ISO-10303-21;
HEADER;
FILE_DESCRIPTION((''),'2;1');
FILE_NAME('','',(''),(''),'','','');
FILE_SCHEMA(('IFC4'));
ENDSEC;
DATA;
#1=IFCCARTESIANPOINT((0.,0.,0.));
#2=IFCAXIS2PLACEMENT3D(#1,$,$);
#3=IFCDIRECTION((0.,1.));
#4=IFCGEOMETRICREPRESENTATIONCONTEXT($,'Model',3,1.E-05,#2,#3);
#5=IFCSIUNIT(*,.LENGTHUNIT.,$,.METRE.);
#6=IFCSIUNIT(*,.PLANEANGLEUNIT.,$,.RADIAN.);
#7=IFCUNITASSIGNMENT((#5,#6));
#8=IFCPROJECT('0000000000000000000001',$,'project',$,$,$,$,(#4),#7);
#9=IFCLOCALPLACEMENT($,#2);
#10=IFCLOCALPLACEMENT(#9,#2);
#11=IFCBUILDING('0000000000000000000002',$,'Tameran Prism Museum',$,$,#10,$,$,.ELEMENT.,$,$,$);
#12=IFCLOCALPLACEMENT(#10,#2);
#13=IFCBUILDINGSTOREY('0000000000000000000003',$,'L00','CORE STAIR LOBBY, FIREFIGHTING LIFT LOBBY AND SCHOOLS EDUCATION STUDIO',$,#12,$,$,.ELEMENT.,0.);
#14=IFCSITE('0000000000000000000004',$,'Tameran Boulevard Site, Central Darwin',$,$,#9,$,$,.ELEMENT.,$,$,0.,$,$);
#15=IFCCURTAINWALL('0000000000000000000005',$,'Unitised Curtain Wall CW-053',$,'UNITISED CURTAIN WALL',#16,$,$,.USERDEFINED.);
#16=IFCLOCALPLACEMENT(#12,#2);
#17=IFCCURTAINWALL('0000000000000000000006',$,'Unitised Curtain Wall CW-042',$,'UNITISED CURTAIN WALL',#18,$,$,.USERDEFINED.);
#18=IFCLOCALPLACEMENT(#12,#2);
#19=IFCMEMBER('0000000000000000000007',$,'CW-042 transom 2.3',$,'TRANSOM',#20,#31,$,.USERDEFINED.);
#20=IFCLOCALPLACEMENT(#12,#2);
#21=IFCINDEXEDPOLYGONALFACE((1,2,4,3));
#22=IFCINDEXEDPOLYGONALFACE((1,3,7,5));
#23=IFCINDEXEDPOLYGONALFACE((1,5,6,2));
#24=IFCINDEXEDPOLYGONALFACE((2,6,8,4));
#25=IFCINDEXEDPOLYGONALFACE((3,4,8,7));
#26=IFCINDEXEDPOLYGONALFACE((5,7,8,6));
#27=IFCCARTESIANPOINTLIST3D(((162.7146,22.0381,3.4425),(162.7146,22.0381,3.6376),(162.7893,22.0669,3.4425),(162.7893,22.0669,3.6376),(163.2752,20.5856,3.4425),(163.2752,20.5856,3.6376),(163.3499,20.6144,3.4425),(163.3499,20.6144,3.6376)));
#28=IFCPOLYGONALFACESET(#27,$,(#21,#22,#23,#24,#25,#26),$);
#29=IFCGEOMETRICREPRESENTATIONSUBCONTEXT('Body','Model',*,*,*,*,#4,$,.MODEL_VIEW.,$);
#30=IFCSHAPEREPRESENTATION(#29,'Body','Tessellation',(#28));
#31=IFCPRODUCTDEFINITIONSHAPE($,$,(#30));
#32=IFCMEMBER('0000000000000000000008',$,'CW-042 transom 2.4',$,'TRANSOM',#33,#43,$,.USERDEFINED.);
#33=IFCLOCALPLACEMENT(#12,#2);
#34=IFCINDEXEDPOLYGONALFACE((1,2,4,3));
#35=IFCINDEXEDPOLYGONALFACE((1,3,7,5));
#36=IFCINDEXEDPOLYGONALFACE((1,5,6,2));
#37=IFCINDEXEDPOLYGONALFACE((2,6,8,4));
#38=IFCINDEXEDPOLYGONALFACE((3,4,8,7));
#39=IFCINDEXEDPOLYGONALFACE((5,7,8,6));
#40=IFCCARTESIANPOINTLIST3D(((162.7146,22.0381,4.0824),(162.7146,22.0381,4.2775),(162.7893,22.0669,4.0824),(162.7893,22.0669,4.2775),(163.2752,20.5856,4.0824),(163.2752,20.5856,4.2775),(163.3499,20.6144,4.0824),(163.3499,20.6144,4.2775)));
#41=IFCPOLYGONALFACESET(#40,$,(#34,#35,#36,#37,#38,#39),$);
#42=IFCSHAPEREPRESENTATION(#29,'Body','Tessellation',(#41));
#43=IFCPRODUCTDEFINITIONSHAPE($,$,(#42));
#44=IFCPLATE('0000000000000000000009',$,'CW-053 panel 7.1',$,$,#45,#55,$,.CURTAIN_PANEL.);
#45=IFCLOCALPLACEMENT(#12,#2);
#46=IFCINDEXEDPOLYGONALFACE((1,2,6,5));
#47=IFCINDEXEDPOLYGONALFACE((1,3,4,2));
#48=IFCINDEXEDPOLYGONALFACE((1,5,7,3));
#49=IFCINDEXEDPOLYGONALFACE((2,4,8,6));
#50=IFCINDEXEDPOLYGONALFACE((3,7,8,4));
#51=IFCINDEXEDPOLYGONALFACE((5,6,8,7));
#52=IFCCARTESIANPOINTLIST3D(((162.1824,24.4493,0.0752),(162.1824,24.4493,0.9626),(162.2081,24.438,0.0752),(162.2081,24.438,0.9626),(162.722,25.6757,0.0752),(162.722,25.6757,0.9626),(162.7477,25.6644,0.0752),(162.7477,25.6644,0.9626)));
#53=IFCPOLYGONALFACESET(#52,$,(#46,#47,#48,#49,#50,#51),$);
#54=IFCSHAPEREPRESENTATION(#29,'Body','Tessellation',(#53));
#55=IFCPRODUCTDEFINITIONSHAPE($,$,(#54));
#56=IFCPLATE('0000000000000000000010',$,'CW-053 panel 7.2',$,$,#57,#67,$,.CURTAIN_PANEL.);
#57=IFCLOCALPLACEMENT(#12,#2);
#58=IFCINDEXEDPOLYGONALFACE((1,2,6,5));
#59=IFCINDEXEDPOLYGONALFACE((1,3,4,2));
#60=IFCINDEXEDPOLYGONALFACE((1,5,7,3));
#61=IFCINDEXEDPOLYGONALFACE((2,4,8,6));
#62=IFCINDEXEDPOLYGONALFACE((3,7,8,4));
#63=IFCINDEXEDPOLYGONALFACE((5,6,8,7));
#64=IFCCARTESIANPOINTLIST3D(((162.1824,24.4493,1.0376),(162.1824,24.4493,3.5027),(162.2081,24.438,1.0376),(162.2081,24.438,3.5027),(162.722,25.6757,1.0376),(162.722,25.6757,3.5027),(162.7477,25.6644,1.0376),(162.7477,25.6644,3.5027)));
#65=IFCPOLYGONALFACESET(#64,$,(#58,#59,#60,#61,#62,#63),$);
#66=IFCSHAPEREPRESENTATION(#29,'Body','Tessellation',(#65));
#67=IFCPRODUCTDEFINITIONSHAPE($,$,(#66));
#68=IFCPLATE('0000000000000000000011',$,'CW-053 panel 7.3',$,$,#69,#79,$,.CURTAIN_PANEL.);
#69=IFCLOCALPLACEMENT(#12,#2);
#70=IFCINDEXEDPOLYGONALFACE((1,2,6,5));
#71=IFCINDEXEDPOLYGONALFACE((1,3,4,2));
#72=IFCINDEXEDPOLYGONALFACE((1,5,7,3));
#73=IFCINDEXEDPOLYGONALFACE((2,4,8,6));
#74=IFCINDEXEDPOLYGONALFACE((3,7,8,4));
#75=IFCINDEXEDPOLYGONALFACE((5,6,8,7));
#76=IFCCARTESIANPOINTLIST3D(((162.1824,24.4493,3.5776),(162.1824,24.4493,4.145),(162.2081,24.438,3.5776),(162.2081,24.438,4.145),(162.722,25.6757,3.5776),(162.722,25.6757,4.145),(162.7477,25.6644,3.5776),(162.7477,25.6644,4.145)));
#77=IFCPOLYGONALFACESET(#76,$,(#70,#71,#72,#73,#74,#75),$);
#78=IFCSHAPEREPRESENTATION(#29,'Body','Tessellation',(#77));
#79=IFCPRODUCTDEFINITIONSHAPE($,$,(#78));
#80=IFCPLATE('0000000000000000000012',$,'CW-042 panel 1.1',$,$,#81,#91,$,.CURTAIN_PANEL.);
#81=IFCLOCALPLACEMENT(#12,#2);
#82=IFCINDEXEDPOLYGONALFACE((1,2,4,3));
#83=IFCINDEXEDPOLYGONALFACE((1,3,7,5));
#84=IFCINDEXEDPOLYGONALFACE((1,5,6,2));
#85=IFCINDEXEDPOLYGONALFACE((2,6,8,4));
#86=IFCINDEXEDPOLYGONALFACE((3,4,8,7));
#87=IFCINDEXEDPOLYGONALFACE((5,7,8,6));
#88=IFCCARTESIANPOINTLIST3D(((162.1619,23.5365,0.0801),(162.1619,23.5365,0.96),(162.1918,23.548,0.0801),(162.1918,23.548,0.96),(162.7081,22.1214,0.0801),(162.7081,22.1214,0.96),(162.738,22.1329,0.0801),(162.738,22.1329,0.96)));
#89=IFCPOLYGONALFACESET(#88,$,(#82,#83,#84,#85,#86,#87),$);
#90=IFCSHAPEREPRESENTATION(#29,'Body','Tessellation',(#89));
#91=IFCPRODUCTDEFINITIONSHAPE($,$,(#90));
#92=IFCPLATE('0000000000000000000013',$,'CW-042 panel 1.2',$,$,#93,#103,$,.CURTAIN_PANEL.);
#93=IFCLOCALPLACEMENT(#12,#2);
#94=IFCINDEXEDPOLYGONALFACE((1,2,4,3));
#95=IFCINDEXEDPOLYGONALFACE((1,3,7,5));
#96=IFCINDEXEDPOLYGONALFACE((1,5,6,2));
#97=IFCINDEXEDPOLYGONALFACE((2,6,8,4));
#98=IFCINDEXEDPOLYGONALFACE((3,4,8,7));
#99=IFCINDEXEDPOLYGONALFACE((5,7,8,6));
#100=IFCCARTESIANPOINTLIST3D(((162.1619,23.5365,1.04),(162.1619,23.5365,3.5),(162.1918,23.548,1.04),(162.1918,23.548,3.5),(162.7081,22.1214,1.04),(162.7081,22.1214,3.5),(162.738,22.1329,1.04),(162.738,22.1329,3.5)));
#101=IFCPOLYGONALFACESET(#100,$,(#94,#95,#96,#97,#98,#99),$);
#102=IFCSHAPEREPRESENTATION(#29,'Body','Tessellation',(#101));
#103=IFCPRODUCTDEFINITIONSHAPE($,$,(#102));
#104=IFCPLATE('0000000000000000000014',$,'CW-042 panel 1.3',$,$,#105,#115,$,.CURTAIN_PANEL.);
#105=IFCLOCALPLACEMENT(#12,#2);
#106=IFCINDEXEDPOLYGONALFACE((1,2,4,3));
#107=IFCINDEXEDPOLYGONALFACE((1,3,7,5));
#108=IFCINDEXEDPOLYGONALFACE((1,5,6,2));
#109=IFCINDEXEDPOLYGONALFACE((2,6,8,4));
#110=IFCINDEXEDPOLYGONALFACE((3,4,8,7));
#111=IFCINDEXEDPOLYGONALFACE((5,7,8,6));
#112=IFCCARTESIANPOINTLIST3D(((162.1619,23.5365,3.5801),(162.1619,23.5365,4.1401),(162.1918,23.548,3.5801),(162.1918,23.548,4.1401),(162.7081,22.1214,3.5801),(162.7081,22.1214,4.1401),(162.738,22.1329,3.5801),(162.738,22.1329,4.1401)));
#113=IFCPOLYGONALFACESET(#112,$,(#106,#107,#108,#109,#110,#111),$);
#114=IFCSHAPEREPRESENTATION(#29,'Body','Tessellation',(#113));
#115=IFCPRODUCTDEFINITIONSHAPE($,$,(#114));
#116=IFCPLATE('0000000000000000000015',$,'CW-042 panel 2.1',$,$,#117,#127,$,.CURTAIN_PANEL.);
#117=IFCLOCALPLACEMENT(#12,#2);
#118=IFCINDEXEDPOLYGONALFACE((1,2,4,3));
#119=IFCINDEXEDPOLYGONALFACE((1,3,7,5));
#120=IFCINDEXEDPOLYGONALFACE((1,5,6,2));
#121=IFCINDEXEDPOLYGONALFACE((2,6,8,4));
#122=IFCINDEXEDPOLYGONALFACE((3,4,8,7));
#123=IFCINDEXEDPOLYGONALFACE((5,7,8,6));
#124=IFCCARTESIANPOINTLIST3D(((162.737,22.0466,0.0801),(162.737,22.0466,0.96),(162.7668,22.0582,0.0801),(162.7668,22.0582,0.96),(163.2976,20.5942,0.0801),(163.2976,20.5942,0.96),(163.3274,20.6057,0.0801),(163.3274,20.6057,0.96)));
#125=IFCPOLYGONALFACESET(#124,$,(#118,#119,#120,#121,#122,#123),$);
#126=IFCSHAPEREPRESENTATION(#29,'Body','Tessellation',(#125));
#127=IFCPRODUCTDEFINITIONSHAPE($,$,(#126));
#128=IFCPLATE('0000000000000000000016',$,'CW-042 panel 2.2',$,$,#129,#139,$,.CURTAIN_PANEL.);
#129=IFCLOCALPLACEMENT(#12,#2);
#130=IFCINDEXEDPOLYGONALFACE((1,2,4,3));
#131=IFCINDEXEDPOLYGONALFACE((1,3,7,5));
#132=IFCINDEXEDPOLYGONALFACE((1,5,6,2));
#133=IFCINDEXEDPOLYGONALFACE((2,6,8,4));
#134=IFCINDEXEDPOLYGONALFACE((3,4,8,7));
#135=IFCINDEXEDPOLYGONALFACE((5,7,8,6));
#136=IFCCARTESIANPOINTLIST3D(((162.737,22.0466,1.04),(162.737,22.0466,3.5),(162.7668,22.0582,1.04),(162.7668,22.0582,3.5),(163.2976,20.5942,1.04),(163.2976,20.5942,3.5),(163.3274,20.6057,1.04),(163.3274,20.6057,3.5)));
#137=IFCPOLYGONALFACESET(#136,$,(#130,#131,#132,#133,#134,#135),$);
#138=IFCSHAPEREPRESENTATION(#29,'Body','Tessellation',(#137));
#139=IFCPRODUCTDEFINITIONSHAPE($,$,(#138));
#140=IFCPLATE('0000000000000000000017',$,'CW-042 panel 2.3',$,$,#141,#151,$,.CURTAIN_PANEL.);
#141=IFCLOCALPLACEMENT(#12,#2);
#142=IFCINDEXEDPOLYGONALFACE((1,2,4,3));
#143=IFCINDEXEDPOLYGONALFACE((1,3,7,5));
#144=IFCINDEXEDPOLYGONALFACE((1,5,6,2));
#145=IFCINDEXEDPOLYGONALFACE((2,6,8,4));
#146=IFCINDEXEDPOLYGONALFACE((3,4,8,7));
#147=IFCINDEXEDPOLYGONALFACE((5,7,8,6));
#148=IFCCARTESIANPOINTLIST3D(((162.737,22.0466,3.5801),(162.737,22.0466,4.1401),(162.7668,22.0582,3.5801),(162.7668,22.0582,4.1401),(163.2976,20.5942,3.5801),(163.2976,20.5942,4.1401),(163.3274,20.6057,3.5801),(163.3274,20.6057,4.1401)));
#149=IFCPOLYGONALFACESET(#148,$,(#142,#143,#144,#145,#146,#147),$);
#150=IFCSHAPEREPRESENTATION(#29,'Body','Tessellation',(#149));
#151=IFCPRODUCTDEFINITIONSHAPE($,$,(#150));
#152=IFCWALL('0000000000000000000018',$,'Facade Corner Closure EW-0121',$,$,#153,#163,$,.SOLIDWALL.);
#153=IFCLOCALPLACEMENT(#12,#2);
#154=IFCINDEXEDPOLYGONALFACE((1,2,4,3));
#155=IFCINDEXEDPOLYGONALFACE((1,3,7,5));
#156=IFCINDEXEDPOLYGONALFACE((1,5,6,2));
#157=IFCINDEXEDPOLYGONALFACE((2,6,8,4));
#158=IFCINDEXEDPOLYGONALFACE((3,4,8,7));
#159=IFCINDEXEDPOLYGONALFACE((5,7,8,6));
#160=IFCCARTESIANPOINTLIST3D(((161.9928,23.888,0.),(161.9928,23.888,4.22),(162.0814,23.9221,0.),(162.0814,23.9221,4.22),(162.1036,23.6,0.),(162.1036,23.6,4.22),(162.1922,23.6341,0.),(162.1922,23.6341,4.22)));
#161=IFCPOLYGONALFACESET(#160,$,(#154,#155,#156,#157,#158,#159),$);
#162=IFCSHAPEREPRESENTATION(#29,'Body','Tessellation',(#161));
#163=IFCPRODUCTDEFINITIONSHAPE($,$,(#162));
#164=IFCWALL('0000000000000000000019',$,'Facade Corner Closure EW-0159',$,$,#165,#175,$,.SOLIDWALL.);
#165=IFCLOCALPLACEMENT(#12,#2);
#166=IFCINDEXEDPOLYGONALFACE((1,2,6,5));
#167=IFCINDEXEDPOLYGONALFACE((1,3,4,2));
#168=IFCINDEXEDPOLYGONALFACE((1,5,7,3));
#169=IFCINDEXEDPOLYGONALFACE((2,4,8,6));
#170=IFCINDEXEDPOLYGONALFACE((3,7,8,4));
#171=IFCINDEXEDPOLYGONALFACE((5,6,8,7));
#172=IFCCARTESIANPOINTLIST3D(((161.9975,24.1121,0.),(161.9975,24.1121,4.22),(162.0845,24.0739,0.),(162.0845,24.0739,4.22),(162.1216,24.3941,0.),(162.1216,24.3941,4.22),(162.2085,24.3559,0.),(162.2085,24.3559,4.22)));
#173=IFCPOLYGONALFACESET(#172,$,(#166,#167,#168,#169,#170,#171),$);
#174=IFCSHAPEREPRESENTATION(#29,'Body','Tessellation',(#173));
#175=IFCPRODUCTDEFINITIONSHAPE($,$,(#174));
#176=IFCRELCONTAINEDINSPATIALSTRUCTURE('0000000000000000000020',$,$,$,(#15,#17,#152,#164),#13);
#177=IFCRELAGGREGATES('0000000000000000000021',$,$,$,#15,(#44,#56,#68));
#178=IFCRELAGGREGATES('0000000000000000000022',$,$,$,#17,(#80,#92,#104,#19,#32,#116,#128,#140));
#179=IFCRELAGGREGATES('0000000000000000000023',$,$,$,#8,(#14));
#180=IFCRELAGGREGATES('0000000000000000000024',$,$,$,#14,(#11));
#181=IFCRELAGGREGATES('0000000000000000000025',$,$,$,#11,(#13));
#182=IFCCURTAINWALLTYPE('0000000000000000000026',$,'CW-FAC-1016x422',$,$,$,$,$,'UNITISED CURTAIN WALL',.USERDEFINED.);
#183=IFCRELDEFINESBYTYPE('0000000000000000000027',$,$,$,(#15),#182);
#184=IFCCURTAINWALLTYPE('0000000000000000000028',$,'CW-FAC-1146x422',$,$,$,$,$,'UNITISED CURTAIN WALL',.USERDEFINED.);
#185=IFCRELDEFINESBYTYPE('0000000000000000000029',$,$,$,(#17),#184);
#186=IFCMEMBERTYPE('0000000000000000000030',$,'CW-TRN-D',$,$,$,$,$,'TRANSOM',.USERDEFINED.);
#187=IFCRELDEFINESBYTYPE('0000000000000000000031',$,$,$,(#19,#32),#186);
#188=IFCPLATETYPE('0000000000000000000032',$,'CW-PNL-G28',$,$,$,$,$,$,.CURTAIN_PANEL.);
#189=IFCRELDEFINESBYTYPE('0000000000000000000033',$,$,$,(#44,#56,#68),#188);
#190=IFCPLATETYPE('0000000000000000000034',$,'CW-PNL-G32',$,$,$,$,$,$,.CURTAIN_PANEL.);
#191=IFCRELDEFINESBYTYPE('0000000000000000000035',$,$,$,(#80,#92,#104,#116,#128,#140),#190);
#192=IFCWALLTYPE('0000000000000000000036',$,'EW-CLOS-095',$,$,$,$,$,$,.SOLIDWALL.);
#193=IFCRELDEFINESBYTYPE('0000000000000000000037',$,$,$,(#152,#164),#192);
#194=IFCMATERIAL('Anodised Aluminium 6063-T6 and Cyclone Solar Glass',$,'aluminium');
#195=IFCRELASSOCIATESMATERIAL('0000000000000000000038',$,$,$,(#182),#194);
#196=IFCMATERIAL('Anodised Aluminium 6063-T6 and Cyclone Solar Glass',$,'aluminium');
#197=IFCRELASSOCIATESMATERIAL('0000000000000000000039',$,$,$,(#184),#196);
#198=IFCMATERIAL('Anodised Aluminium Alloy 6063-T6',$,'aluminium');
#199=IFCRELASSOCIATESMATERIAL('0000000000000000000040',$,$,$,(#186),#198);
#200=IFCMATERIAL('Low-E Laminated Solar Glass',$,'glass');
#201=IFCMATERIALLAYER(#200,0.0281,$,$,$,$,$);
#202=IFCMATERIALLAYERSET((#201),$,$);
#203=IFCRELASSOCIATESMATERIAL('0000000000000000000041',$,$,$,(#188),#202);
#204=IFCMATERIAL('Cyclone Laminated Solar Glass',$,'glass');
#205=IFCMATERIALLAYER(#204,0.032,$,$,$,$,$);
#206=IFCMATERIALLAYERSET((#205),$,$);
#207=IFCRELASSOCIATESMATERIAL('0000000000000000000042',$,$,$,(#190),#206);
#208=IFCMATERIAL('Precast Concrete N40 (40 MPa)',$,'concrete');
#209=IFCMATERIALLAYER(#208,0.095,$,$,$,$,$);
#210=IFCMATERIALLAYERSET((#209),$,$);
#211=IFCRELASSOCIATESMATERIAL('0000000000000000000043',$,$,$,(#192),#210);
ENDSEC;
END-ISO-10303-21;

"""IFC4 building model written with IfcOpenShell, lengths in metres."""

from ifc_helpers import new_model, si_unit, direction, frame, frame_2d, origin, origin_2d, place, context, subcontext, project, spatial, rectangle, extrude, material, layer, layer_set, material_profile, profile_set, type_object, element, aggregate, save


model = new_model("IFC4")

# Units and contexts
model_context = context("Model", 3, precision=1e-05, world=origin(), true_north=direction((0.0, 1.0)))
body_context = subcontext(model_context, "Body", "Model", "MODEL_VIEW")
ifc_project = project(units=[si_unit("LENGTHUNIT", "METRE"), si_unit("PLANEANGLEUNIT", "RADIAN")], contexts=[model_context])

# Site, building, storey
site_placement = place(None, origin())
site = spatial("IfcSite", under=ifc_project, at=site_placement, Name="Tameran Boulevard Site, Central Darwin", CompositionType="ELEMENT", RefElevation=0.0)
building_placement = place(site_placement, origin())
building = spatial("IfcBuilding", under=site, at=building_placement, Name="Tameran Prism Museum", CompositionType="ELEMENT")
storey_placement = place(building_placement, origin())
storey = spatial("IfcBuildingStorey", under=building, at=storey_placement, Name="L00", Description="CORE STAIR LOBBY, FIREFIGHTING LIFT LOBBY AND SCHOOLS EDUCATION STUDIO", CompositionType="ELEMENT", Elevation=0.0)

# Curtain walls
ifc_material_1 = material(Name="Anodised Aluminium 6063-T6 and Cyclone Solar Glass", Category="aluminium")
curtain_wall_type_1 = type_object("IfcCurtainWallType", Name="CW-FAC-1016x422", ElementType="UNITISED CURTAIN WALL", PredefinedType="USERDEFINED", material=ifc_material_1)
curtain_wall_1_placement = place(storey_placement, origin())
curtain_wall_1 = element("IfcCurtainWall", 1, at=curtain_wall_1_placement, inside=storey, type_object=curtain_wall_type_1, Name="Unitised Curtain Wall CW-053", ObjectType="UNITISED CURTAIN WALL", PredefinedType="USERDEFINED")
ifc_material_2 = material(Name="Anodised Aluminium 6063-T6 and Cyclone Solar Glass", Category="aluminium")
curtain_wall_type_2 = type_object("IfcCurtainWallType", Name="CW-FAC-1146x422", ElementType="UNITISED CURTAIN WALL", PredefinedType="USERDEFINED", material=ifc_material_2)
curtain_wall_2_placement = place(storey_placement, origin())
curtain_wall_2 = element("IfcCurtainWall", 2, at=curtain_wall_2_placement, inside=storey, type_object=curtain_wall_type_2, Name="Unitised Curtain Wall CW-042", ObjectType="UNITISED CURTAIN WALL", PredefinedType="USERDEFINED")

# Members
ifc_material_3 = material(Name="Anodised Aluminium Alloy 6063-T6", Category="aluminium")
ifc_material_profile_1 = material_profile(ifc_material_3, rectangle(XDim=0.0801, YDim=0.1951, at=origin_2d()))
ifc_profile_set_1 = profile_set([ifc_material_profile_1])
member_type_1 = type_object("IfcMemberType", Name="CW-TRN-D", ElementType="TRANSOM", PredefinedType="USERDEFINED", material=ifc_profile_set_1)
member_1_placement = place(storey_placement, frame((162.752, 22.0525, 3.54), z_axis=(0.360061, -0.932929, 0.0), x_axis=(0.932929, 0.360061, 0.0)))
member_1 = element("IfcMember", 3, at=member_1_placement, type_object=member_type_1, Name="CW-042 transom 2.3", ObjectType="TRANSOM", PredefinedType="USERDEFINED", context=body_context, shape_type="SweptSolid", body=[
    extrude(rectangle(XDim=0.0801, YDim=0.1951, at=origin_2d()), origin(), (0.0, 0.0, 1.0), 1.5569),
])
member_2_placement = place(storey_placement, frame((162.752, 22.0525, 4.1799), z_axis=(0.360061, -0.932929, 0.0), x_axis=(0.932929, 0.360061, 0.0)))
member_2 = element("IfcMember", 4, at=member_2_placement, type_object=member_type_1, Name="CW-042 transom 2.4", ObjectType="TRANSOM", PredefinedType="USERDEFINED", context=body_context, shape_type="SweptSolid", body=[
    extrude(rectangle(XDim=0.0801, YDim=0.1951, at=origin_2d()), origin(), (0.0, 0.0, 1.0), 1.5569),
])

# Plates
ifc_material_4 = material(Name="Low-E Laminated Solar Glass", Category="glass")
ifc_layer_1 = layer(ifc_material_4, 0.0281)
ifc_layer_set_1 = layer_set([ifc_layer_1])
plate_type_1 = type_object("IfcPlateType", Name="CW-PNL-G28", PredefinedType="CURTAIN_PANEL", material=ifc_layer_set_1)
plate_1_placement = place(storey_placement, frame((162.4651, 25.0569, 0.0752), z_axis=(0.0, 0.0, 1.0), x_axis=(-0.402722, -0.915322, 0.0)))
plate_1 = element("IfcPlate", 5, at=plate_1_placement, type_object=plate_type_1, Name="CW-053 panel 7.1", PredefinedType="CURTAIN_PANEL", context=body_context, shape_type="SweptSolid", body=[
    extrude(rectangle(XDim=1.3398, YDim=0.0281, at=origin_2d()), origin(), (0.0, 0.0, 1.0), 0.8875),
])
plate_2_placement = place(storey_placement, frame((162.4651, 25.0569, 1.0376), z_axis=(0.0, 0.0, 1.0), x_axis=(-0.402722, -0.915322, 0.0)))
plate_2 = element("IfcPlate", 6, at=plate_2_placement, type_object=plate_type_1, Name="CW-053 panel 7.2", PredefinedType="CURTAIN_PANEL", context=body_context, shape_type="SweptSolid", body=[
    extrude(rectangle(XDim=1.3398, YDim=0.0281, at=origin_2d()), origin(), (0.0, 0.0, 1.0), 2.4651),
])
plate_3_placement = place(storey_placement, frame((162.4651, 25.0569, 3.5776), z_axis=(0.0, 0.0, 1.0), x_axis=(-0.402722, -0.915322, 0.0)))
plate_3 = element("IfcPlate", 7, at=plate_3_placement, type_object=plate_type_1, Name="CW-053 panel 7.3", PredefinedType="CURTAIN_PANEL", context=body_context, shape_type="SweptSolid", body=[
    extrude(rectangle(XDim=1.3398, YDim=0.0281, at=origin_2d()), origin(), (0.0, 0.0, 1.0), 0.5674),
])
aggregate(curtain_wall_1, [plate_1, plate_2, plate_3])
ifc_material_5 = material(Name="Cyclone Laminated Solar Glass", Category="glass")
ifc_layer_2 = layer(ifc_material_5, 0.032)
ifc_layer_set_2 = layer_set([ifc_layer_2])
plate_type_2 = type_object("IfcPlateType", Name="CW-PNL-G32", PredefinedType="CURTAIN_PANEL", material=ifc_layer_set_2)
plate_4_placement = place(storey_placement, frame((162.45, 22.8347, 0.0801), z_axis=(0.0, 0.0, 1.0), x_axis=(0.360078, -0.932922, 0.0)))
plate_4 = element("IfcPlate", 8, at=plate_4_placement, type_object=plate_type_2, Name="CW-042 panel 1.1", PredefinedType="CURTAIN_PANEL", context=body_context, shape_type="SweptSolid", body=[
    extrude(rectangle(XDim=1.5168, YDim=0.032, at=origin_2d()), origin(), (0.0, 0.0, 1.0), 0.8799),
])
plate_5_placement = place(storey_placement, frame((162.45, 22.8347, 1.04), z_axis=(0.0, 0.0, 1.0), x_axis=(0.360078, -0.932922, 0.0)))
plate_5 = element("IfcPlate", 9, at=plate_5_placement, type_object=plate_type_2, Name="CW-042 panel 1.2", PredefinedType="CURTAIN_PANEL", context=body_context, shape_type="SweptSolid", body=[
    extrude(rectangle(XDim=1.5168, YDim=0.032, at=origin_2d()), origin(), (0.0, 0.0, 1.0), 2.46),
])
plate_6_placement = place(storey_placement, frame((162.45, 22.8347, 3.5801), z_axis=(0.0, 0.0, 1.0), x_axis=(0.360078, -0.932922, 0.0)))
plate_6 = element("IfcPlate", 10, at=plate_6_placement, type_object=plate_type_2, Name="CW-042 panel 1.3", PredefinedType="CURTAIN_PANEL", context=body_context, shape_type="SweptSolid", body=[
    extrude(rectangle(XDim=1.5168, YDim=0.032, at=origin_2d()), origin(), (0.0, 0.0, 1.0), 0.5601),
])
plate_7_placement = place(storey_placement, frame((163.0322, 21.3262, 0.0801), z_axis=(0.0, 0.0, 1.0), x_axis=(0.360078, -0.932922, 0.0)))
plate_7 = element("IfcPlate", 11, at=plate_7_placement, type_object=plate_type_2, Name="CW-042 panel 2.1", PredefinedType="CURTAIN_PANEL", context=body_context, shape_type="SweptSolid", body=[
    extrude(rectangle(XDim=1.5569, YDim=0.032, at=origin_2d()), origin(), (0.0, 0.0, 1.0), 0.8799),
])
plate_8_placement = place(storey_placement, frame((163.0322, 21.3262, 1.04), z_axis=(0.0, 0.0, 1.0), x_axis=(0.360078, -0.932922, 0.0)))
plate_8 = element("IfcPlate", 12, at=plate_8_placement, type_object=plate_type_2, Name="CW-042 panel 2.2", PredefinedType="CURTAIN_PANEL", context=body_context, shape_type="SweptSolid", body=[
    extrude(rectangle(XDim=1.5569, YDim=0.032, at=origin_2d()), origin(), (0.0, 0.0, 1.0), 2.46),
])
plate_9_placement = place(storey_placement, frame((163.0322, 21.3262, 3.5801), z_axis=(0.0, 0.0, 1.0), x_axis=(0.360078, -0.932922, 0.0)))
plate_9 = element("IfcPlate", 13, at=plate_9_placement, type_object=plate_type_2, Name="CW-042 panel 2.3", PredefinedType="CURTAIN_PANEL", context=body_context, shape_type="SweptSolid", body=[
    extrude(rectangle(XDim=1.5569, YDim=0.032, at=origin_2d()), origin(), (0.0, 0.0, 1.0), 0.5601),
])
aggregate(curtain_wall_2, [plate_4, plate_5, plate_6, member_1, member_2, plate_7, plate_8, plate_9])

# Walls
ifc_material_6 = material(Name="Precast Concrete N40 (40 MPa)", Category="concrete")
ifc_layer_3 = layer(ifc_material_6, 0.095)
ifc_layer_set_3 = layer_set([ifc_layer_3])
wall_type = type_object("IfcWallType", Name="EW-CLOS-095", PredefinedType="SOLIDWALL", material=ifc_layer_set_3)
wall_1_placement = place(storey_placement, frame((162.0371, 23.905, 0.0), z_axis=(0.0, 0.0, 1.0), x_axis=(0.359085, -0.933305, 0.0)))
element("IfcWall", 14, at=wall_1_placement, inside=storey, type_object=wall_type, Name="Facade Corner Closure EW-0121", PredefinedType="SOLIDWALL", context=body_context, shape_type="SweptSolid", body=[
    extrude(rectangle(XDim=0.3086, YDim=0.095, at=frame_2d((0.1543, 0.0))), origin(), (0.0, 0.0, 1.0), 4.22),
])
wall_2_placement = place(storey_placement, frame((162.165, 24.375, 0.0), z_axis=(0.0, 0.0, 1.0), x_axis=(-0.402606, -0.915373, 0.0)))
element("IfcWall", 15, at=wall_2_placement, inside=storey, type_object=wall_type, Name="Facade Corner Closure EW-0159", PredefinedType="SOLIDWALL", context=body_context, shape_type="SweptSolid", body=[
    extrude(rectangle(XDim=0.3081, YDim=0.095, at=frame_2d((0.1541, 0.0))), origin(), (0.0, 0.0, 1.0), 4.22),
])

save(model, "model.ifc")
